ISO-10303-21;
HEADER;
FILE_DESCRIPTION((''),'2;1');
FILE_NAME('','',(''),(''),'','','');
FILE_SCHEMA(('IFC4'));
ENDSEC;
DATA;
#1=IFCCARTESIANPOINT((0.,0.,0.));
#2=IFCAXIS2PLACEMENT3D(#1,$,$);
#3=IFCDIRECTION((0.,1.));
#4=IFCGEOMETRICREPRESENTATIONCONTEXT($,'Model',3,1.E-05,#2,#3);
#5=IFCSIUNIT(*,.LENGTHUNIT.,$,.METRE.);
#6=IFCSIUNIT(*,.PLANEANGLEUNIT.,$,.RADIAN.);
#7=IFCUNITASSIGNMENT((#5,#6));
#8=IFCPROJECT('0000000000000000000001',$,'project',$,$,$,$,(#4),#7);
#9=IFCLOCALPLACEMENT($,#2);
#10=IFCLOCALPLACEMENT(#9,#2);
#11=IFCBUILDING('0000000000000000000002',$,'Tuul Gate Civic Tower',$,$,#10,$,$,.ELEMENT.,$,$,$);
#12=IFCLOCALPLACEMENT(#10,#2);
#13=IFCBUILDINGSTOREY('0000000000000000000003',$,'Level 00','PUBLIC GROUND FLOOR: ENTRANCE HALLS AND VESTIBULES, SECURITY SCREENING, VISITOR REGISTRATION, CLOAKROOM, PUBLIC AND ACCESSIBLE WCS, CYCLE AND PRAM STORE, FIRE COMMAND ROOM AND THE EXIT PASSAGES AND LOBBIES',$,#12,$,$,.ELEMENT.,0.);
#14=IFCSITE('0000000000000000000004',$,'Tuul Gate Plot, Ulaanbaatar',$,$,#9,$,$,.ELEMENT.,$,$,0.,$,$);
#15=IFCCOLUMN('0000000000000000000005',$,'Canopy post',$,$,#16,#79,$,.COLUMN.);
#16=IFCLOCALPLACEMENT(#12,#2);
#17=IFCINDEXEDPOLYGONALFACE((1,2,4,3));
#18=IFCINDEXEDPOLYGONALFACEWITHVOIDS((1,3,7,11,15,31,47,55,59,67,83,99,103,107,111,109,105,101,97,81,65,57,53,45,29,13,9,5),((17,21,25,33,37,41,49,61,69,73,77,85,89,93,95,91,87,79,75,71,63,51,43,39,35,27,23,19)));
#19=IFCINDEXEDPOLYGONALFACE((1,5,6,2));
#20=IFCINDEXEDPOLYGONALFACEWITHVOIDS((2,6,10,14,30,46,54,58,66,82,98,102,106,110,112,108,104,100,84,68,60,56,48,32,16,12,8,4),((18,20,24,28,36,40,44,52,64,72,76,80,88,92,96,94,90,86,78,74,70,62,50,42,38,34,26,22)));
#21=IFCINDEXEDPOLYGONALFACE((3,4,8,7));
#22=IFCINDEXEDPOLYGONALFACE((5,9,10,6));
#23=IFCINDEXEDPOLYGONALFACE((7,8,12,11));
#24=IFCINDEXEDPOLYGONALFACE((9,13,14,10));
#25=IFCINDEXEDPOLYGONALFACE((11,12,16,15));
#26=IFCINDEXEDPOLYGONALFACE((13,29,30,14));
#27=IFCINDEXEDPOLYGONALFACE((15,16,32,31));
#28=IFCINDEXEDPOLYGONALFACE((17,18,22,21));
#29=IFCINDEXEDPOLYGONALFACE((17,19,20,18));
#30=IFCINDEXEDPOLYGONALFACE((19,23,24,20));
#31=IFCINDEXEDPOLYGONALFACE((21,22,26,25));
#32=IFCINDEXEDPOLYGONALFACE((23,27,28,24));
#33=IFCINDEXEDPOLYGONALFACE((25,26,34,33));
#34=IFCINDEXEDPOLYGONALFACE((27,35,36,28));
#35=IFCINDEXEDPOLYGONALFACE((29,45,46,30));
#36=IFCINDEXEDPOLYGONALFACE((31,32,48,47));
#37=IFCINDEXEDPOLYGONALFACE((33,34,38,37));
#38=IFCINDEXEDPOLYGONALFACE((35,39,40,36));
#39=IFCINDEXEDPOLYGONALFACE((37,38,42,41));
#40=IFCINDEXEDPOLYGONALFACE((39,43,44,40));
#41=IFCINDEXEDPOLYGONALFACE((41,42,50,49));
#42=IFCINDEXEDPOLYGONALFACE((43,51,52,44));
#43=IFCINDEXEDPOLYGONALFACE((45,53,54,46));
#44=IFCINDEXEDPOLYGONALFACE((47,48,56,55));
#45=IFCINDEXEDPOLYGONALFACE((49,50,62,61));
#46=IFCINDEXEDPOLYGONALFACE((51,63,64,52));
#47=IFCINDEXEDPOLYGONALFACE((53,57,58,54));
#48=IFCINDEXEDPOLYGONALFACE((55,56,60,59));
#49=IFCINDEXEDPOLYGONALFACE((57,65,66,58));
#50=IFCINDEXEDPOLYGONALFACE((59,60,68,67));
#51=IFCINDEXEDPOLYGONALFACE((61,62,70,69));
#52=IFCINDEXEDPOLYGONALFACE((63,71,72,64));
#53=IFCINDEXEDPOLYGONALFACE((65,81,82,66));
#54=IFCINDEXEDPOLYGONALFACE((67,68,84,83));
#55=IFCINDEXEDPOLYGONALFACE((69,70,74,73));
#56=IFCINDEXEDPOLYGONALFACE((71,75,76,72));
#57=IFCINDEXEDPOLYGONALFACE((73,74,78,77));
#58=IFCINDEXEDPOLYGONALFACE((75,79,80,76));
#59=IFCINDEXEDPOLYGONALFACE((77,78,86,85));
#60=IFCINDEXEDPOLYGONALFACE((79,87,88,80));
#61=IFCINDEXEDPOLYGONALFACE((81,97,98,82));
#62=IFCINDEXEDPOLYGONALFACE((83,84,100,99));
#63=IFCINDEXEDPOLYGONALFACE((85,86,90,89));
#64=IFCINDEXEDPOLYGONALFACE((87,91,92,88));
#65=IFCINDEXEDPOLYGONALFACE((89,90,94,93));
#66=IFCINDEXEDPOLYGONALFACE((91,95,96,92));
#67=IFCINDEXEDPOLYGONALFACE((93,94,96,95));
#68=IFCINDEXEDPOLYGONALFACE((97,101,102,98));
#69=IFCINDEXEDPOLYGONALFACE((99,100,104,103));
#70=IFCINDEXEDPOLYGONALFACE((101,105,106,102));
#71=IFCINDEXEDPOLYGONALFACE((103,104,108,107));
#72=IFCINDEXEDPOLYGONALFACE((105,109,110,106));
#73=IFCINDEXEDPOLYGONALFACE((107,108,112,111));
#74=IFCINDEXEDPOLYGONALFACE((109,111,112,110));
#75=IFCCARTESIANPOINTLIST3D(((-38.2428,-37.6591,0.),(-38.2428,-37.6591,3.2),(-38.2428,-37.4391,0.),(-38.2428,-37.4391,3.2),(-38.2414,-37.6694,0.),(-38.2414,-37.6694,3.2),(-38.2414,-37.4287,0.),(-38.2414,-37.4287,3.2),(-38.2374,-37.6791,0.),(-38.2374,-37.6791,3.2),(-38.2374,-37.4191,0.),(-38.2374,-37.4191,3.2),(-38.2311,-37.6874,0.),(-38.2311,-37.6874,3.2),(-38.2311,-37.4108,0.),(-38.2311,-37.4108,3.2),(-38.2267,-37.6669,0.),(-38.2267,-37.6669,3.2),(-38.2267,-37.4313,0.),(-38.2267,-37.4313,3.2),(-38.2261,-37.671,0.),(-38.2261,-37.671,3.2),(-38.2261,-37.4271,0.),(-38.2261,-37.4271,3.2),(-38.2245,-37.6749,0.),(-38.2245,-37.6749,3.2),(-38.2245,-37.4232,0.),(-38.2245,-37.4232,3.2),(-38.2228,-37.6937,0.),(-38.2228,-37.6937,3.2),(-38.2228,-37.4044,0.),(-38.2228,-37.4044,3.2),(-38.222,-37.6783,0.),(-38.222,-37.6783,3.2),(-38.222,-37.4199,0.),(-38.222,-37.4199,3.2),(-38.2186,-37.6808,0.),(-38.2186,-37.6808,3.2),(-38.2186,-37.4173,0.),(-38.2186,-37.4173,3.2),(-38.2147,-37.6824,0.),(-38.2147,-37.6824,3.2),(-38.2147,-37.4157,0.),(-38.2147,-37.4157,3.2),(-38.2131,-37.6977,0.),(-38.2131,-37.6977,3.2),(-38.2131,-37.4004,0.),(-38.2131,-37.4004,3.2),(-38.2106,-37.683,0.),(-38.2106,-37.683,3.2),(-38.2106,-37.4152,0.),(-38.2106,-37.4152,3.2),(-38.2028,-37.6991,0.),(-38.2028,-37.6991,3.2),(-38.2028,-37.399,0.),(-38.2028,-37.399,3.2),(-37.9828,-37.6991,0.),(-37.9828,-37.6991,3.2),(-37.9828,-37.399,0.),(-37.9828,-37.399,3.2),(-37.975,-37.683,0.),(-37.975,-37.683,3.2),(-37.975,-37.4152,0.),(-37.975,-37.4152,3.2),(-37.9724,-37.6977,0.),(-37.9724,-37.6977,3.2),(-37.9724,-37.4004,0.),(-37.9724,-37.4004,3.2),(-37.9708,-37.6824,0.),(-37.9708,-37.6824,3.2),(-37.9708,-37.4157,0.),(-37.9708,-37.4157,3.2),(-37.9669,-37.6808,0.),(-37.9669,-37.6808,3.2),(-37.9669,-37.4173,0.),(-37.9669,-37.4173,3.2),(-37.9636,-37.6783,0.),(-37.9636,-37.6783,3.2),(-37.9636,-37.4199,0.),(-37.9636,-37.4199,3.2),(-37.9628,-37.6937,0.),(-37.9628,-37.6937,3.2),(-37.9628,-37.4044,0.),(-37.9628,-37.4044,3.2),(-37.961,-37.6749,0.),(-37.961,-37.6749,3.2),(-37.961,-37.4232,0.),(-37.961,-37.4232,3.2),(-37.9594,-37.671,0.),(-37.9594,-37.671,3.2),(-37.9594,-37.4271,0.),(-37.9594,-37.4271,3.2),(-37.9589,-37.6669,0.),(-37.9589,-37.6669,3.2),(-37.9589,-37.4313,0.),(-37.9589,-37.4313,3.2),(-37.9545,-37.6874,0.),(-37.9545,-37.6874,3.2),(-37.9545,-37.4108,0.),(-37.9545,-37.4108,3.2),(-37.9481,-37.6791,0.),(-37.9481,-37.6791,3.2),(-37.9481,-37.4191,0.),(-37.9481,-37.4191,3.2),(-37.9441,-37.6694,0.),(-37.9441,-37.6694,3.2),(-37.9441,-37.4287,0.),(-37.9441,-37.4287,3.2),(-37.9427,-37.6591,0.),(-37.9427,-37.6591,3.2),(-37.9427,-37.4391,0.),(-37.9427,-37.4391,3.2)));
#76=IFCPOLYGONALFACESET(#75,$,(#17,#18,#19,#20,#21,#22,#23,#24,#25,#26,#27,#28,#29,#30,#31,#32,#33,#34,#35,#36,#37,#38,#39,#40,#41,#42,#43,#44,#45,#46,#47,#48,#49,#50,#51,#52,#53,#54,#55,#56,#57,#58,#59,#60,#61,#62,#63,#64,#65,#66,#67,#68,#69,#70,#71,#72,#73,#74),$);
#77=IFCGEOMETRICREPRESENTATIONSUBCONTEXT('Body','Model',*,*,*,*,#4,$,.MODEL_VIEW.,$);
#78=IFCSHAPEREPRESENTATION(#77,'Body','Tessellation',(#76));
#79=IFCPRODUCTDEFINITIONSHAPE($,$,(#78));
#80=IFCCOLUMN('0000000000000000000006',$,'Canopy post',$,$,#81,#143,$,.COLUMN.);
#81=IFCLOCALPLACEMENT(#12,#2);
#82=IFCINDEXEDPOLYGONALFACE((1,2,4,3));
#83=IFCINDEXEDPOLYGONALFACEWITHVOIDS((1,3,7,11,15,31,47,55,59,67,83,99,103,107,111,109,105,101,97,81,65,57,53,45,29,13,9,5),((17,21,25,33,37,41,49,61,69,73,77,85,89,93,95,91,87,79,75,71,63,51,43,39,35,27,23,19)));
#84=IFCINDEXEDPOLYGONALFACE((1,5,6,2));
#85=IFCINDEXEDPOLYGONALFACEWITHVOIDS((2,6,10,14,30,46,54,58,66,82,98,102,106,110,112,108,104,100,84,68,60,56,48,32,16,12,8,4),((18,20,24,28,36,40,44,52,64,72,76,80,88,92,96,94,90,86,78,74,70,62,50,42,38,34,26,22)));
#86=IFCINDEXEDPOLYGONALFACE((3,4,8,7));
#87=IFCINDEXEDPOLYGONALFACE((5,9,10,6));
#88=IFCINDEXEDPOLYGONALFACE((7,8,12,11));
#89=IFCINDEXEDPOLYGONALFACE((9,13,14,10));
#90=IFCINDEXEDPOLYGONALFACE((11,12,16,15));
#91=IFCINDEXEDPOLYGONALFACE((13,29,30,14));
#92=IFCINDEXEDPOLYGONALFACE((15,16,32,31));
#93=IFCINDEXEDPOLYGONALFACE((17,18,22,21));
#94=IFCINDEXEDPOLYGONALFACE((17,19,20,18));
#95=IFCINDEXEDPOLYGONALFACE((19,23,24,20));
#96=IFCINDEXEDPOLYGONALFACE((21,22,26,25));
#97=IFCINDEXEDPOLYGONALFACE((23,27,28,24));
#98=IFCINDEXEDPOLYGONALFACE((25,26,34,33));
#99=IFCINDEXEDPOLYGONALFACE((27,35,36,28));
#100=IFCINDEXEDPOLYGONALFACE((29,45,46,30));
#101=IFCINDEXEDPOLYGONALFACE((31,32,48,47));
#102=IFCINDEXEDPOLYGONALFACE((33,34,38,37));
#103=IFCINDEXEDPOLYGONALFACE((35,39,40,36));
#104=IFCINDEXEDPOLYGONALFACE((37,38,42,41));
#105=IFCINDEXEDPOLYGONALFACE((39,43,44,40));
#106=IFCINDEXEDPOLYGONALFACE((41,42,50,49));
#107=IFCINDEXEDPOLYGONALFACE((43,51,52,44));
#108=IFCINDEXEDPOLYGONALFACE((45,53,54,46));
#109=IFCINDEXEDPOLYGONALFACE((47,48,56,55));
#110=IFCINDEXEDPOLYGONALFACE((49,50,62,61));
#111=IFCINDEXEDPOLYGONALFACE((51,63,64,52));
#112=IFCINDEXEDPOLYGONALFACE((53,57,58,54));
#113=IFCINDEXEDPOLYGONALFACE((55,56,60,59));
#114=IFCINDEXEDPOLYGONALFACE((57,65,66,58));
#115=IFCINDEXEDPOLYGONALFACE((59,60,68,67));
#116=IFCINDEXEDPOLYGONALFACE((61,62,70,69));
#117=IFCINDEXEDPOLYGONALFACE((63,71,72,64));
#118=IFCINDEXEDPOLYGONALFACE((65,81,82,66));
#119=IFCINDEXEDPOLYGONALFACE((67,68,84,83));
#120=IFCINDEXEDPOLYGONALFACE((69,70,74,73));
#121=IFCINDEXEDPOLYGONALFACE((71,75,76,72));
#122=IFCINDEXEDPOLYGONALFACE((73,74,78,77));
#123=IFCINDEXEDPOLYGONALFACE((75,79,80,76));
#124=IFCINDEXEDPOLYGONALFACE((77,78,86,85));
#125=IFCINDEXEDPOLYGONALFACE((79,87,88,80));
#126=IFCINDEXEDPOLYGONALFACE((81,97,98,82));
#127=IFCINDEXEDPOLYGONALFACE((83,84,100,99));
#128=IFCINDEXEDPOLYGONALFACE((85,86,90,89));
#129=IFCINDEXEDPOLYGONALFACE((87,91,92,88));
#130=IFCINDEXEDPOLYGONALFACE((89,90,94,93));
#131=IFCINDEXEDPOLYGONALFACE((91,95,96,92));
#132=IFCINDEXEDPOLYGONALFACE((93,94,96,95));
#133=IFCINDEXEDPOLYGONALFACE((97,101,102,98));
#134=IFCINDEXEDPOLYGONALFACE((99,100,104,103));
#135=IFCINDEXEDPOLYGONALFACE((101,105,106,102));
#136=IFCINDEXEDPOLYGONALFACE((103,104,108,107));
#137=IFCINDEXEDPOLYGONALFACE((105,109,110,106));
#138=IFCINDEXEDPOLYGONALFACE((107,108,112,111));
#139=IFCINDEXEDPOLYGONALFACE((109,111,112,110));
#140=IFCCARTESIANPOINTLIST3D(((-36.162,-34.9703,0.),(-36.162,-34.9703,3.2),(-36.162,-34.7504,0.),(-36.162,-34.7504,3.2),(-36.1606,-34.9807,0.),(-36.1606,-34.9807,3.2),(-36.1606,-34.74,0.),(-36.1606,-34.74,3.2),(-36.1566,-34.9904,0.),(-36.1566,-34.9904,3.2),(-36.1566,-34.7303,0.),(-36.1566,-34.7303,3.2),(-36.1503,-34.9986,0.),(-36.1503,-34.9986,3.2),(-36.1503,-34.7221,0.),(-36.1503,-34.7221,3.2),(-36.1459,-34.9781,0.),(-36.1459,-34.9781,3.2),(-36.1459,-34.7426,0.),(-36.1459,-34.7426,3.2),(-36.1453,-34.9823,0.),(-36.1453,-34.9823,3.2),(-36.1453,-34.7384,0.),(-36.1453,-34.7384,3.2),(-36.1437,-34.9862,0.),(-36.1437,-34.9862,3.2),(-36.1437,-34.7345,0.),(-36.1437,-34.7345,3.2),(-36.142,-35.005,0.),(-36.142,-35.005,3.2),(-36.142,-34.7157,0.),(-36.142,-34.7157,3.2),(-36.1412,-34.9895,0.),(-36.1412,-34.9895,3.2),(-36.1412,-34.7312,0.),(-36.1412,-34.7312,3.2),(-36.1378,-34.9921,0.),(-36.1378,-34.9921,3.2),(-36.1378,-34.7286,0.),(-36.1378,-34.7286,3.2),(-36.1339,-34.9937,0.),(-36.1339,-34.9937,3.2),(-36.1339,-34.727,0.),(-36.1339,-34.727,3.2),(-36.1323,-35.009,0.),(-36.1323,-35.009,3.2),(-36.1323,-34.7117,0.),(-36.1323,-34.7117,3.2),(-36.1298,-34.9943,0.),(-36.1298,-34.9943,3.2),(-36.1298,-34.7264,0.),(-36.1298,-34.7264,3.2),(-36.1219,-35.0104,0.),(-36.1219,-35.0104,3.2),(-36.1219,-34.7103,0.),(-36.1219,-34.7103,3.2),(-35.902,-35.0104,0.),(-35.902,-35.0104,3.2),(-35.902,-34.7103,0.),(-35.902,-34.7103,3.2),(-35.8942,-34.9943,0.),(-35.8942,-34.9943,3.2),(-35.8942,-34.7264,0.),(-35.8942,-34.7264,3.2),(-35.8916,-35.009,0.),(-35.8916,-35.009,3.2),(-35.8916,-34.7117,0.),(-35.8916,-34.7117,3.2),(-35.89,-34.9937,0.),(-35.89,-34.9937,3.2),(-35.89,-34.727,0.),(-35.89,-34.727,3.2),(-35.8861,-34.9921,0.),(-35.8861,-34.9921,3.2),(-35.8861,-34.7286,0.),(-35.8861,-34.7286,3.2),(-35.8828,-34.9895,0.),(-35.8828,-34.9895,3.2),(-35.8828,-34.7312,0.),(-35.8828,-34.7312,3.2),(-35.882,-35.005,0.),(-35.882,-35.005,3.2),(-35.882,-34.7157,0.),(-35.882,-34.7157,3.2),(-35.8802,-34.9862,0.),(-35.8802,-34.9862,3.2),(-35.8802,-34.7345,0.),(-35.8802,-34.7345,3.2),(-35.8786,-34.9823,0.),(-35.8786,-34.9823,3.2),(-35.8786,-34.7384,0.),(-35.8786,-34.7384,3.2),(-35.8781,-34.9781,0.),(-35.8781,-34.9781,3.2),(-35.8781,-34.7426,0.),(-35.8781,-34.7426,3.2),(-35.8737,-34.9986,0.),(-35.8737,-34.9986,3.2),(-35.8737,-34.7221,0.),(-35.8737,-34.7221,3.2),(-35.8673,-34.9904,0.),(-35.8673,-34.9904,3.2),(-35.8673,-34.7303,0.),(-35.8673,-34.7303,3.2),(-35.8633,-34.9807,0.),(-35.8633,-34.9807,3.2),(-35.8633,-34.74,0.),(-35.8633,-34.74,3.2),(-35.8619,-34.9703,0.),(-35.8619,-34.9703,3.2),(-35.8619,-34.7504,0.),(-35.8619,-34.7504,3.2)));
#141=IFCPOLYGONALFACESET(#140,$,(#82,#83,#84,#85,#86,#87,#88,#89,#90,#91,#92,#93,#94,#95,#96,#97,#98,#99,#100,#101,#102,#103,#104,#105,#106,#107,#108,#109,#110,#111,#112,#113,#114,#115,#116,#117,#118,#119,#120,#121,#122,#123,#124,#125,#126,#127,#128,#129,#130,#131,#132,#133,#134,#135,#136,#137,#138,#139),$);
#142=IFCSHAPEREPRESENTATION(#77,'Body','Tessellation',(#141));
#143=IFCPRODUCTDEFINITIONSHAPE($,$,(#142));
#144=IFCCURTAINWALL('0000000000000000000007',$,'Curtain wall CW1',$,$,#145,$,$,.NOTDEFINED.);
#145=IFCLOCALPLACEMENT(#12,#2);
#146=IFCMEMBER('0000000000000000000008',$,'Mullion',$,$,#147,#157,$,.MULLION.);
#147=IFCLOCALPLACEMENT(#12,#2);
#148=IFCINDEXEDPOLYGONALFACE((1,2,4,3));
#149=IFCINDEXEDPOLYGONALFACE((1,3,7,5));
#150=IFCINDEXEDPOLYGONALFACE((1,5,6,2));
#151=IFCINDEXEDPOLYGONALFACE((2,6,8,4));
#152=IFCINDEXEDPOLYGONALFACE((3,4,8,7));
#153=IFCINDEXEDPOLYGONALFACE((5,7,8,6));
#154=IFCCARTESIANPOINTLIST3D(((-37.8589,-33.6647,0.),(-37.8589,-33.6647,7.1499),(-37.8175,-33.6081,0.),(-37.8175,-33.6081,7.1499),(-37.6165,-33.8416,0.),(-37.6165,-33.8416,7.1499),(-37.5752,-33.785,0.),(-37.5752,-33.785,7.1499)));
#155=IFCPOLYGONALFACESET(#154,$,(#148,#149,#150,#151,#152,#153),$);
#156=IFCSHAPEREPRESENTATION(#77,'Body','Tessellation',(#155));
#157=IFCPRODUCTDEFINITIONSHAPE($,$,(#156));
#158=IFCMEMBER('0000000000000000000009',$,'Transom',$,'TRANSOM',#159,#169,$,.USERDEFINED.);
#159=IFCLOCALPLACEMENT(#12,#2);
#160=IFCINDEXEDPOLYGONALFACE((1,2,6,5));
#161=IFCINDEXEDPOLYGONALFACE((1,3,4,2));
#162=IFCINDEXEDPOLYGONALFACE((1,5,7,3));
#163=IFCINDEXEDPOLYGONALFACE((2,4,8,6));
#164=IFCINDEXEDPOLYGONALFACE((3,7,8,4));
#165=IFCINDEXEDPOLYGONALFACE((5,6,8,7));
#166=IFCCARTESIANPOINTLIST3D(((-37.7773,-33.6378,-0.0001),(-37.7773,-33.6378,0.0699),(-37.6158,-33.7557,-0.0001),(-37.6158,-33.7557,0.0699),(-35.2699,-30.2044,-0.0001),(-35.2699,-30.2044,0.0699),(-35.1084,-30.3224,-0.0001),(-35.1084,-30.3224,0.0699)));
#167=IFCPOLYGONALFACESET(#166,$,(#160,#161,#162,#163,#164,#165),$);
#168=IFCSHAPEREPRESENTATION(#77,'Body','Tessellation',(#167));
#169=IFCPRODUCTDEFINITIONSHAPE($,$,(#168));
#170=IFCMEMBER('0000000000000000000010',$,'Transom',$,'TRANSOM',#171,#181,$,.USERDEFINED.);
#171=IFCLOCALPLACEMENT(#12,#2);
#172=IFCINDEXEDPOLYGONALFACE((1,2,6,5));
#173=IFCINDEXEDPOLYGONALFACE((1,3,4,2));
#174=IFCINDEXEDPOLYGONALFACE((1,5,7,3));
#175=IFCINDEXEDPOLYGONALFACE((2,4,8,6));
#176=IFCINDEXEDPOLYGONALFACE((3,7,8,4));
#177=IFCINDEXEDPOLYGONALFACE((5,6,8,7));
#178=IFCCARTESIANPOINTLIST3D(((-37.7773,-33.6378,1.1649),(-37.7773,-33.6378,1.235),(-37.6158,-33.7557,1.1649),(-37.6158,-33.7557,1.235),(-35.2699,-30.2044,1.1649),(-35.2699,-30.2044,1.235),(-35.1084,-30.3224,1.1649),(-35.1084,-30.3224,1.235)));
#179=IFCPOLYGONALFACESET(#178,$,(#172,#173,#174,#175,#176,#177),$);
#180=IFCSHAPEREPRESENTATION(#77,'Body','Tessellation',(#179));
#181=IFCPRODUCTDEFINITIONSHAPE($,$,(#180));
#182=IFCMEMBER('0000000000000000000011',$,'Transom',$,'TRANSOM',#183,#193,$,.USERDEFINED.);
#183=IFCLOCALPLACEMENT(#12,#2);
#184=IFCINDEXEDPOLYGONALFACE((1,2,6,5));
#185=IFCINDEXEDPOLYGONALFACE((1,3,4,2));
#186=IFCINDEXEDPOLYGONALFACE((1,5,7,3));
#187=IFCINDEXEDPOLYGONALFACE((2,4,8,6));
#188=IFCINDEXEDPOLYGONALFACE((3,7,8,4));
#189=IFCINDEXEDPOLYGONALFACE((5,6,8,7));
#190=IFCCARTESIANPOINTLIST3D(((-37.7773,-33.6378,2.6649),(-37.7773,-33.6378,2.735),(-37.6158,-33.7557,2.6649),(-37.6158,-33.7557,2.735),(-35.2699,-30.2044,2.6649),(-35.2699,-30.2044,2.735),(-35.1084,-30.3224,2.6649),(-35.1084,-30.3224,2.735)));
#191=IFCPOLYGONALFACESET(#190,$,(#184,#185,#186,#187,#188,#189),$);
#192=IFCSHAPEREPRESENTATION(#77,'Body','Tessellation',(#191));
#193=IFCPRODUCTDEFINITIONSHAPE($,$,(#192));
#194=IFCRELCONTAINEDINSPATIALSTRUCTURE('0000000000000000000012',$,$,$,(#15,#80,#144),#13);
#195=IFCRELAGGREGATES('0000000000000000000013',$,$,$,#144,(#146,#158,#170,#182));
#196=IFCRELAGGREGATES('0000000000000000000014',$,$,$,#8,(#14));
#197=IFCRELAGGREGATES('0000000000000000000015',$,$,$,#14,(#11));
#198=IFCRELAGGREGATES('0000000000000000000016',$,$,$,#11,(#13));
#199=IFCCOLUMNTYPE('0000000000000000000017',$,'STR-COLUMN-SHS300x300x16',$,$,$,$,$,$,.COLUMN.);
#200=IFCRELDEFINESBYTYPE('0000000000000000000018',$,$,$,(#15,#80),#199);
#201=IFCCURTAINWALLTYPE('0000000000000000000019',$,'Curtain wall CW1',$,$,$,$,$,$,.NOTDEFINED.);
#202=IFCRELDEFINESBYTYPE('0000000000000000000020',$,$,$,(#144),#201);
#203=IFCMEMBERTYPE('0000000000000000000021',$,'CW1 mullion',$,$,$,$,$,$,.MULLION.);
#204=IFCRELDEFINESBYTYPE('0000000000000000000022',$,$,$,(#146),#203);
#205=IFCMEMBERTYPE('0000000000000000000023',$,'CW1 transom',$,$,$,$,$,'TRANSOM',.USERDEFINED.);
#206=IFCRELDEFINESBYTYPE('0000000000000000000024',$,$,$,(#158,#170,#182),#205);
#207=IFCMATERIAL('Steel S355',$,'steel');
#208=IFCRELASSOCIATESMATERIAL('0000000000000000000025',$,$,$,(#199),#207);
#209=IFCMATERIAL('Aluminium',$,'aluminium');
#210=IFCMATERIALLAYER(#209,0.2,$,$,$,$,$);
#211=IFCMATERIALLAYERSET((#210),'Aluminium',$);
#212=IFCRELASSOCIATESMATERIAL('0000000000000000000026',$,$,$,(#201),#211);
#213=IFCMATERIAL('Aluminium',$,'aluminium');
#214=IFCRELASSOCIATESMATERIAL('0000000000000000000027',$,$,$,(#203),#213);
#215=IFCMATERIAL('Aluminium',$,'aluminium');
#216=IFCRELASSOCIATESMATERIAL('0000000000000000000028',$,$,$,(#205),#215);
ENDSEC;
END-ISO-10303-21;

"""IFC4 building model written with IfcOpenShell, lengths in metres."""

from ifc_helpers import new_model, si_unit, direction, frame, origin, origin_2d, place, context, subcontext, project, spatial, rectangle, hollow_rectangle, extrude, material, layer, layer_set, material_profile, profile_set, type_object, element, aggregate, save


model = new_model("IFC4")

# Units and contexts
model_context = context("Model", 3, precision=1e-05, world=origin(), true_north=direction((0.0, 1.0)))
body_context = subcontext(model_context, "Body", "Model", "MODEL_VIEW")
ifc_project = project(units=[si_unit("LENGTHUNIT", "METRE"), si_unit("PLANEANGLEUNIT", "RADIAN")], contexts=[model_context])

# Site, building, storey
site_placement = place(None, origin())
site = spatial("IfcSite", under=ifc_project, at=site_placement, Name="Tuul Gate Plot, Ulaanbaatar", CompositionType="ELEMENT", RefElevation=0.0)
building_placement = place(site_placement, origin())
building = spatial("IfcBuilding", under=site, at=building_placement, Name="Tuul Gate Civic Tower", CompositionType="ELEMENT")
storey_placement = place(building_placement, origin())
storey = spatial("IfcBuildingStorey", under=building, at=storey_placement, Name="Level 00", Description="PUBLIC GROUND FLOOR: ENTRANCE HALLS AND VESTIBULES, SECURITY SCREENING, VISITOR REGISTRATION, CLOAKROOM, PUBLIC AND ACCESSIBLE WCS, CYCLE AND PRAM STORE, FIRE COMMAND ROOM AND THE EXIT PASSAGES AND LOBBIES", CompositionType="ELEMENT", Elevation=0.0)

# Columns
ifc_material_1 = material(Name="Steel S355", Category="steel")
ifc_material_profile_1 = material_profile(ifc_material_1, hollow_rectangle(XDim=0.3, YDim=0.3, WallThickness=0.0161, InnerFilletRadius=0.0161, OuterFilletRadius=0.04, at=origin_2d()), Name="SHS300x300x16")
ifc_profile_set_1 = profile_set([ifc_material_profile_1], Name="Steel S355")
column_type_1 = type_object("IfcColumnType", Name="STR-COLUMN-SHS300x300x16", PredefinedType="COLUMN", material=ifc_profile_set_1)
for number, where, z_axis, x_axis, name in (
    (1, (-38.0928, -37.5491, 0.0), (0.0, 0.0, 1.0), (1.0, 0.0, 0.0), "Canopy post"),
    (2, (-36.012, -34.8604, 0.0), (0.0, 0.0, 1.0), (1.0, 0.0, 0.0), "Canopy post"),
):
    element("IfcColumn", number, at=place(storey_placement, frame(where, z_axis=z_axis, x_axis=x_axis)), inside=storey, type_object=column_type_1, Name=name, PredefinedType="COLUMN", context=body_context, shape_type="SweptSolid", body=[
        extrude(hollow_rectangle(XDim=0.3, YDim=0.3, WallThickness=0.0161, InnerFilletRadius=0.0161, OuterFilletRadius=0.04, at=origin_2d()), origin(), (0.0, 0.0, 1.0), 3.2),
    ])

# Curtain wall, members
ifc_material_2 = material(Name="Aluminium", Category="aluminium")
ifc_layer_1 = layer(ifc_material_2, 0.2)
ifc_layer_set_1 = layer_set([ifc_layer_1], Name="Aluminium")
curtain_wall_type = type_object("IfcCurtainWallType", Name="Curtain wall CW1", PredefinedType="NOTDEFINED", material=ifc_layer_set_1)
curtain_wall_placement = place(storey_placement, origin())
curtain_wall = element("IfcCurtainWall", 3, at=curtain_wall_placement, inside=storey, type_object=curtain_wall_type, Name="Curtain wall CW1", PredefinedType="NOTDEFINED")
ifc_material_3 = material(Name="Aluminium", Category="aluminium")
ifc_material_profile_2 = material_profile(ifc_material_3, rectangle(XDim=0.3, YDim=0.0701, at=origin_2d()), Name="CW1 mullion")
ifc_profile_set_2 = profile_set([ifc_material_profile_2], Name="Aluminium")
member_type_1 = type_object("IfcMemberType", Name="CW1 mullion", PredefinedType="MULLION", material=ifc_profile_set_2)
member_1_placement = place(storey_placement, frame((-37.717, -33.7249, 0.0), z_axis=(0.0, 0.0, 1.0), x_axis=(-0.807581, 0.589756, 0.0)))
member_1 = element("IfcMember", 4, at=member_1_placement, type_object=member_type_1, Name="Mullion", PredefinedType="MULLION", context=body_context, shape_type="SweptSolid", body=[
    extrude(rectangle(XDim=0.3, YDim=0.0701, at=origin_2d()), origin(), (0.0, 0.0, 1.0), 7.1499),
])
ifc_material_4 = material(Name="Aluminium", Category="aluminium")
ifc_material_profile_3 = material_profile(ifc_material_4, rectangle(XDim=0.2, YDim=0.0701, at=origin_2d()), Name="CW1 transom")
ifc_profile_set_3 = profile_set([ifc_material_profile_3], Name="Aluminium")
member_type_2 = type_object("IfcMemberType", Name="CW1 transom", ElementType="TRANSOM", PredefinedType="USERDEFINED", material=ifc_profile_set_3)
member_2_placement = place(storey_placement, frame((-37.6965, -33.6968, 0.0349), z_axis=(0.589762, 0.807577, 0.0), x_axis=(-0.807577, 0.589762, 0.0)))
member_2 = element("IfcMember", 5, at=member_2_placement, type_object=member_type_2, Name="Transom", ObjectType="TRANSOM", PredefinedType="USERDEFINED", context=body_context, shape_type="SweptSolid", body=[
    extrude(rectangle(XDim=0.2, YDim=0.0701, at=origin_2d()), origin(), (0.0, 0.0, 1.0), 4.2515),
])
member_3_placement = place(storey_placement, frame((-37.6965, -33.6968, 1.2), z_axis=(0.589762, 0.807577, 0.0), x_axis=(-0.807577, 0.589762, 0.0)))
member_3 = element("IfcMember", 6, at=member_3_placement, type_object=member_type_2, Name="Transom", ObjectType="TRANSOM", PredefinedType="USERDEFINED", context=body_context, shape_type="SweptSolid", body=[
    extrude(rectangle(XDim=0.2, YDim=0.0701, at=origin_2d()), origin(), (0.0, 0.0, 1.0), 4.2515),
])
member_4_placement = place(storey_placement, frame((-37.6965, -33.6968, 2.7), z_axis=(0.589762, 0.807577, 0.0), x_axis=(-0.807577, 0.589762, 0.0)))
member_4 = element("IfcMember", 7, at=member_4_placement, type_object=member_type_2, Name="Transom", ObjectType="TRANSOM", PredefinedType="USERDEFINED", context=body_context, shape_type="SweptSolid", body=[
    extrude(rectangle(XDim=0.2, YDim=0.0701, at=origin_2d()), origin(), (0.0, 0.0, 1.0), 4.2515),
])
aggregate(curtain_wall, [member_1, member_2, member_3, member_4])

save(model, "model.ifc")
